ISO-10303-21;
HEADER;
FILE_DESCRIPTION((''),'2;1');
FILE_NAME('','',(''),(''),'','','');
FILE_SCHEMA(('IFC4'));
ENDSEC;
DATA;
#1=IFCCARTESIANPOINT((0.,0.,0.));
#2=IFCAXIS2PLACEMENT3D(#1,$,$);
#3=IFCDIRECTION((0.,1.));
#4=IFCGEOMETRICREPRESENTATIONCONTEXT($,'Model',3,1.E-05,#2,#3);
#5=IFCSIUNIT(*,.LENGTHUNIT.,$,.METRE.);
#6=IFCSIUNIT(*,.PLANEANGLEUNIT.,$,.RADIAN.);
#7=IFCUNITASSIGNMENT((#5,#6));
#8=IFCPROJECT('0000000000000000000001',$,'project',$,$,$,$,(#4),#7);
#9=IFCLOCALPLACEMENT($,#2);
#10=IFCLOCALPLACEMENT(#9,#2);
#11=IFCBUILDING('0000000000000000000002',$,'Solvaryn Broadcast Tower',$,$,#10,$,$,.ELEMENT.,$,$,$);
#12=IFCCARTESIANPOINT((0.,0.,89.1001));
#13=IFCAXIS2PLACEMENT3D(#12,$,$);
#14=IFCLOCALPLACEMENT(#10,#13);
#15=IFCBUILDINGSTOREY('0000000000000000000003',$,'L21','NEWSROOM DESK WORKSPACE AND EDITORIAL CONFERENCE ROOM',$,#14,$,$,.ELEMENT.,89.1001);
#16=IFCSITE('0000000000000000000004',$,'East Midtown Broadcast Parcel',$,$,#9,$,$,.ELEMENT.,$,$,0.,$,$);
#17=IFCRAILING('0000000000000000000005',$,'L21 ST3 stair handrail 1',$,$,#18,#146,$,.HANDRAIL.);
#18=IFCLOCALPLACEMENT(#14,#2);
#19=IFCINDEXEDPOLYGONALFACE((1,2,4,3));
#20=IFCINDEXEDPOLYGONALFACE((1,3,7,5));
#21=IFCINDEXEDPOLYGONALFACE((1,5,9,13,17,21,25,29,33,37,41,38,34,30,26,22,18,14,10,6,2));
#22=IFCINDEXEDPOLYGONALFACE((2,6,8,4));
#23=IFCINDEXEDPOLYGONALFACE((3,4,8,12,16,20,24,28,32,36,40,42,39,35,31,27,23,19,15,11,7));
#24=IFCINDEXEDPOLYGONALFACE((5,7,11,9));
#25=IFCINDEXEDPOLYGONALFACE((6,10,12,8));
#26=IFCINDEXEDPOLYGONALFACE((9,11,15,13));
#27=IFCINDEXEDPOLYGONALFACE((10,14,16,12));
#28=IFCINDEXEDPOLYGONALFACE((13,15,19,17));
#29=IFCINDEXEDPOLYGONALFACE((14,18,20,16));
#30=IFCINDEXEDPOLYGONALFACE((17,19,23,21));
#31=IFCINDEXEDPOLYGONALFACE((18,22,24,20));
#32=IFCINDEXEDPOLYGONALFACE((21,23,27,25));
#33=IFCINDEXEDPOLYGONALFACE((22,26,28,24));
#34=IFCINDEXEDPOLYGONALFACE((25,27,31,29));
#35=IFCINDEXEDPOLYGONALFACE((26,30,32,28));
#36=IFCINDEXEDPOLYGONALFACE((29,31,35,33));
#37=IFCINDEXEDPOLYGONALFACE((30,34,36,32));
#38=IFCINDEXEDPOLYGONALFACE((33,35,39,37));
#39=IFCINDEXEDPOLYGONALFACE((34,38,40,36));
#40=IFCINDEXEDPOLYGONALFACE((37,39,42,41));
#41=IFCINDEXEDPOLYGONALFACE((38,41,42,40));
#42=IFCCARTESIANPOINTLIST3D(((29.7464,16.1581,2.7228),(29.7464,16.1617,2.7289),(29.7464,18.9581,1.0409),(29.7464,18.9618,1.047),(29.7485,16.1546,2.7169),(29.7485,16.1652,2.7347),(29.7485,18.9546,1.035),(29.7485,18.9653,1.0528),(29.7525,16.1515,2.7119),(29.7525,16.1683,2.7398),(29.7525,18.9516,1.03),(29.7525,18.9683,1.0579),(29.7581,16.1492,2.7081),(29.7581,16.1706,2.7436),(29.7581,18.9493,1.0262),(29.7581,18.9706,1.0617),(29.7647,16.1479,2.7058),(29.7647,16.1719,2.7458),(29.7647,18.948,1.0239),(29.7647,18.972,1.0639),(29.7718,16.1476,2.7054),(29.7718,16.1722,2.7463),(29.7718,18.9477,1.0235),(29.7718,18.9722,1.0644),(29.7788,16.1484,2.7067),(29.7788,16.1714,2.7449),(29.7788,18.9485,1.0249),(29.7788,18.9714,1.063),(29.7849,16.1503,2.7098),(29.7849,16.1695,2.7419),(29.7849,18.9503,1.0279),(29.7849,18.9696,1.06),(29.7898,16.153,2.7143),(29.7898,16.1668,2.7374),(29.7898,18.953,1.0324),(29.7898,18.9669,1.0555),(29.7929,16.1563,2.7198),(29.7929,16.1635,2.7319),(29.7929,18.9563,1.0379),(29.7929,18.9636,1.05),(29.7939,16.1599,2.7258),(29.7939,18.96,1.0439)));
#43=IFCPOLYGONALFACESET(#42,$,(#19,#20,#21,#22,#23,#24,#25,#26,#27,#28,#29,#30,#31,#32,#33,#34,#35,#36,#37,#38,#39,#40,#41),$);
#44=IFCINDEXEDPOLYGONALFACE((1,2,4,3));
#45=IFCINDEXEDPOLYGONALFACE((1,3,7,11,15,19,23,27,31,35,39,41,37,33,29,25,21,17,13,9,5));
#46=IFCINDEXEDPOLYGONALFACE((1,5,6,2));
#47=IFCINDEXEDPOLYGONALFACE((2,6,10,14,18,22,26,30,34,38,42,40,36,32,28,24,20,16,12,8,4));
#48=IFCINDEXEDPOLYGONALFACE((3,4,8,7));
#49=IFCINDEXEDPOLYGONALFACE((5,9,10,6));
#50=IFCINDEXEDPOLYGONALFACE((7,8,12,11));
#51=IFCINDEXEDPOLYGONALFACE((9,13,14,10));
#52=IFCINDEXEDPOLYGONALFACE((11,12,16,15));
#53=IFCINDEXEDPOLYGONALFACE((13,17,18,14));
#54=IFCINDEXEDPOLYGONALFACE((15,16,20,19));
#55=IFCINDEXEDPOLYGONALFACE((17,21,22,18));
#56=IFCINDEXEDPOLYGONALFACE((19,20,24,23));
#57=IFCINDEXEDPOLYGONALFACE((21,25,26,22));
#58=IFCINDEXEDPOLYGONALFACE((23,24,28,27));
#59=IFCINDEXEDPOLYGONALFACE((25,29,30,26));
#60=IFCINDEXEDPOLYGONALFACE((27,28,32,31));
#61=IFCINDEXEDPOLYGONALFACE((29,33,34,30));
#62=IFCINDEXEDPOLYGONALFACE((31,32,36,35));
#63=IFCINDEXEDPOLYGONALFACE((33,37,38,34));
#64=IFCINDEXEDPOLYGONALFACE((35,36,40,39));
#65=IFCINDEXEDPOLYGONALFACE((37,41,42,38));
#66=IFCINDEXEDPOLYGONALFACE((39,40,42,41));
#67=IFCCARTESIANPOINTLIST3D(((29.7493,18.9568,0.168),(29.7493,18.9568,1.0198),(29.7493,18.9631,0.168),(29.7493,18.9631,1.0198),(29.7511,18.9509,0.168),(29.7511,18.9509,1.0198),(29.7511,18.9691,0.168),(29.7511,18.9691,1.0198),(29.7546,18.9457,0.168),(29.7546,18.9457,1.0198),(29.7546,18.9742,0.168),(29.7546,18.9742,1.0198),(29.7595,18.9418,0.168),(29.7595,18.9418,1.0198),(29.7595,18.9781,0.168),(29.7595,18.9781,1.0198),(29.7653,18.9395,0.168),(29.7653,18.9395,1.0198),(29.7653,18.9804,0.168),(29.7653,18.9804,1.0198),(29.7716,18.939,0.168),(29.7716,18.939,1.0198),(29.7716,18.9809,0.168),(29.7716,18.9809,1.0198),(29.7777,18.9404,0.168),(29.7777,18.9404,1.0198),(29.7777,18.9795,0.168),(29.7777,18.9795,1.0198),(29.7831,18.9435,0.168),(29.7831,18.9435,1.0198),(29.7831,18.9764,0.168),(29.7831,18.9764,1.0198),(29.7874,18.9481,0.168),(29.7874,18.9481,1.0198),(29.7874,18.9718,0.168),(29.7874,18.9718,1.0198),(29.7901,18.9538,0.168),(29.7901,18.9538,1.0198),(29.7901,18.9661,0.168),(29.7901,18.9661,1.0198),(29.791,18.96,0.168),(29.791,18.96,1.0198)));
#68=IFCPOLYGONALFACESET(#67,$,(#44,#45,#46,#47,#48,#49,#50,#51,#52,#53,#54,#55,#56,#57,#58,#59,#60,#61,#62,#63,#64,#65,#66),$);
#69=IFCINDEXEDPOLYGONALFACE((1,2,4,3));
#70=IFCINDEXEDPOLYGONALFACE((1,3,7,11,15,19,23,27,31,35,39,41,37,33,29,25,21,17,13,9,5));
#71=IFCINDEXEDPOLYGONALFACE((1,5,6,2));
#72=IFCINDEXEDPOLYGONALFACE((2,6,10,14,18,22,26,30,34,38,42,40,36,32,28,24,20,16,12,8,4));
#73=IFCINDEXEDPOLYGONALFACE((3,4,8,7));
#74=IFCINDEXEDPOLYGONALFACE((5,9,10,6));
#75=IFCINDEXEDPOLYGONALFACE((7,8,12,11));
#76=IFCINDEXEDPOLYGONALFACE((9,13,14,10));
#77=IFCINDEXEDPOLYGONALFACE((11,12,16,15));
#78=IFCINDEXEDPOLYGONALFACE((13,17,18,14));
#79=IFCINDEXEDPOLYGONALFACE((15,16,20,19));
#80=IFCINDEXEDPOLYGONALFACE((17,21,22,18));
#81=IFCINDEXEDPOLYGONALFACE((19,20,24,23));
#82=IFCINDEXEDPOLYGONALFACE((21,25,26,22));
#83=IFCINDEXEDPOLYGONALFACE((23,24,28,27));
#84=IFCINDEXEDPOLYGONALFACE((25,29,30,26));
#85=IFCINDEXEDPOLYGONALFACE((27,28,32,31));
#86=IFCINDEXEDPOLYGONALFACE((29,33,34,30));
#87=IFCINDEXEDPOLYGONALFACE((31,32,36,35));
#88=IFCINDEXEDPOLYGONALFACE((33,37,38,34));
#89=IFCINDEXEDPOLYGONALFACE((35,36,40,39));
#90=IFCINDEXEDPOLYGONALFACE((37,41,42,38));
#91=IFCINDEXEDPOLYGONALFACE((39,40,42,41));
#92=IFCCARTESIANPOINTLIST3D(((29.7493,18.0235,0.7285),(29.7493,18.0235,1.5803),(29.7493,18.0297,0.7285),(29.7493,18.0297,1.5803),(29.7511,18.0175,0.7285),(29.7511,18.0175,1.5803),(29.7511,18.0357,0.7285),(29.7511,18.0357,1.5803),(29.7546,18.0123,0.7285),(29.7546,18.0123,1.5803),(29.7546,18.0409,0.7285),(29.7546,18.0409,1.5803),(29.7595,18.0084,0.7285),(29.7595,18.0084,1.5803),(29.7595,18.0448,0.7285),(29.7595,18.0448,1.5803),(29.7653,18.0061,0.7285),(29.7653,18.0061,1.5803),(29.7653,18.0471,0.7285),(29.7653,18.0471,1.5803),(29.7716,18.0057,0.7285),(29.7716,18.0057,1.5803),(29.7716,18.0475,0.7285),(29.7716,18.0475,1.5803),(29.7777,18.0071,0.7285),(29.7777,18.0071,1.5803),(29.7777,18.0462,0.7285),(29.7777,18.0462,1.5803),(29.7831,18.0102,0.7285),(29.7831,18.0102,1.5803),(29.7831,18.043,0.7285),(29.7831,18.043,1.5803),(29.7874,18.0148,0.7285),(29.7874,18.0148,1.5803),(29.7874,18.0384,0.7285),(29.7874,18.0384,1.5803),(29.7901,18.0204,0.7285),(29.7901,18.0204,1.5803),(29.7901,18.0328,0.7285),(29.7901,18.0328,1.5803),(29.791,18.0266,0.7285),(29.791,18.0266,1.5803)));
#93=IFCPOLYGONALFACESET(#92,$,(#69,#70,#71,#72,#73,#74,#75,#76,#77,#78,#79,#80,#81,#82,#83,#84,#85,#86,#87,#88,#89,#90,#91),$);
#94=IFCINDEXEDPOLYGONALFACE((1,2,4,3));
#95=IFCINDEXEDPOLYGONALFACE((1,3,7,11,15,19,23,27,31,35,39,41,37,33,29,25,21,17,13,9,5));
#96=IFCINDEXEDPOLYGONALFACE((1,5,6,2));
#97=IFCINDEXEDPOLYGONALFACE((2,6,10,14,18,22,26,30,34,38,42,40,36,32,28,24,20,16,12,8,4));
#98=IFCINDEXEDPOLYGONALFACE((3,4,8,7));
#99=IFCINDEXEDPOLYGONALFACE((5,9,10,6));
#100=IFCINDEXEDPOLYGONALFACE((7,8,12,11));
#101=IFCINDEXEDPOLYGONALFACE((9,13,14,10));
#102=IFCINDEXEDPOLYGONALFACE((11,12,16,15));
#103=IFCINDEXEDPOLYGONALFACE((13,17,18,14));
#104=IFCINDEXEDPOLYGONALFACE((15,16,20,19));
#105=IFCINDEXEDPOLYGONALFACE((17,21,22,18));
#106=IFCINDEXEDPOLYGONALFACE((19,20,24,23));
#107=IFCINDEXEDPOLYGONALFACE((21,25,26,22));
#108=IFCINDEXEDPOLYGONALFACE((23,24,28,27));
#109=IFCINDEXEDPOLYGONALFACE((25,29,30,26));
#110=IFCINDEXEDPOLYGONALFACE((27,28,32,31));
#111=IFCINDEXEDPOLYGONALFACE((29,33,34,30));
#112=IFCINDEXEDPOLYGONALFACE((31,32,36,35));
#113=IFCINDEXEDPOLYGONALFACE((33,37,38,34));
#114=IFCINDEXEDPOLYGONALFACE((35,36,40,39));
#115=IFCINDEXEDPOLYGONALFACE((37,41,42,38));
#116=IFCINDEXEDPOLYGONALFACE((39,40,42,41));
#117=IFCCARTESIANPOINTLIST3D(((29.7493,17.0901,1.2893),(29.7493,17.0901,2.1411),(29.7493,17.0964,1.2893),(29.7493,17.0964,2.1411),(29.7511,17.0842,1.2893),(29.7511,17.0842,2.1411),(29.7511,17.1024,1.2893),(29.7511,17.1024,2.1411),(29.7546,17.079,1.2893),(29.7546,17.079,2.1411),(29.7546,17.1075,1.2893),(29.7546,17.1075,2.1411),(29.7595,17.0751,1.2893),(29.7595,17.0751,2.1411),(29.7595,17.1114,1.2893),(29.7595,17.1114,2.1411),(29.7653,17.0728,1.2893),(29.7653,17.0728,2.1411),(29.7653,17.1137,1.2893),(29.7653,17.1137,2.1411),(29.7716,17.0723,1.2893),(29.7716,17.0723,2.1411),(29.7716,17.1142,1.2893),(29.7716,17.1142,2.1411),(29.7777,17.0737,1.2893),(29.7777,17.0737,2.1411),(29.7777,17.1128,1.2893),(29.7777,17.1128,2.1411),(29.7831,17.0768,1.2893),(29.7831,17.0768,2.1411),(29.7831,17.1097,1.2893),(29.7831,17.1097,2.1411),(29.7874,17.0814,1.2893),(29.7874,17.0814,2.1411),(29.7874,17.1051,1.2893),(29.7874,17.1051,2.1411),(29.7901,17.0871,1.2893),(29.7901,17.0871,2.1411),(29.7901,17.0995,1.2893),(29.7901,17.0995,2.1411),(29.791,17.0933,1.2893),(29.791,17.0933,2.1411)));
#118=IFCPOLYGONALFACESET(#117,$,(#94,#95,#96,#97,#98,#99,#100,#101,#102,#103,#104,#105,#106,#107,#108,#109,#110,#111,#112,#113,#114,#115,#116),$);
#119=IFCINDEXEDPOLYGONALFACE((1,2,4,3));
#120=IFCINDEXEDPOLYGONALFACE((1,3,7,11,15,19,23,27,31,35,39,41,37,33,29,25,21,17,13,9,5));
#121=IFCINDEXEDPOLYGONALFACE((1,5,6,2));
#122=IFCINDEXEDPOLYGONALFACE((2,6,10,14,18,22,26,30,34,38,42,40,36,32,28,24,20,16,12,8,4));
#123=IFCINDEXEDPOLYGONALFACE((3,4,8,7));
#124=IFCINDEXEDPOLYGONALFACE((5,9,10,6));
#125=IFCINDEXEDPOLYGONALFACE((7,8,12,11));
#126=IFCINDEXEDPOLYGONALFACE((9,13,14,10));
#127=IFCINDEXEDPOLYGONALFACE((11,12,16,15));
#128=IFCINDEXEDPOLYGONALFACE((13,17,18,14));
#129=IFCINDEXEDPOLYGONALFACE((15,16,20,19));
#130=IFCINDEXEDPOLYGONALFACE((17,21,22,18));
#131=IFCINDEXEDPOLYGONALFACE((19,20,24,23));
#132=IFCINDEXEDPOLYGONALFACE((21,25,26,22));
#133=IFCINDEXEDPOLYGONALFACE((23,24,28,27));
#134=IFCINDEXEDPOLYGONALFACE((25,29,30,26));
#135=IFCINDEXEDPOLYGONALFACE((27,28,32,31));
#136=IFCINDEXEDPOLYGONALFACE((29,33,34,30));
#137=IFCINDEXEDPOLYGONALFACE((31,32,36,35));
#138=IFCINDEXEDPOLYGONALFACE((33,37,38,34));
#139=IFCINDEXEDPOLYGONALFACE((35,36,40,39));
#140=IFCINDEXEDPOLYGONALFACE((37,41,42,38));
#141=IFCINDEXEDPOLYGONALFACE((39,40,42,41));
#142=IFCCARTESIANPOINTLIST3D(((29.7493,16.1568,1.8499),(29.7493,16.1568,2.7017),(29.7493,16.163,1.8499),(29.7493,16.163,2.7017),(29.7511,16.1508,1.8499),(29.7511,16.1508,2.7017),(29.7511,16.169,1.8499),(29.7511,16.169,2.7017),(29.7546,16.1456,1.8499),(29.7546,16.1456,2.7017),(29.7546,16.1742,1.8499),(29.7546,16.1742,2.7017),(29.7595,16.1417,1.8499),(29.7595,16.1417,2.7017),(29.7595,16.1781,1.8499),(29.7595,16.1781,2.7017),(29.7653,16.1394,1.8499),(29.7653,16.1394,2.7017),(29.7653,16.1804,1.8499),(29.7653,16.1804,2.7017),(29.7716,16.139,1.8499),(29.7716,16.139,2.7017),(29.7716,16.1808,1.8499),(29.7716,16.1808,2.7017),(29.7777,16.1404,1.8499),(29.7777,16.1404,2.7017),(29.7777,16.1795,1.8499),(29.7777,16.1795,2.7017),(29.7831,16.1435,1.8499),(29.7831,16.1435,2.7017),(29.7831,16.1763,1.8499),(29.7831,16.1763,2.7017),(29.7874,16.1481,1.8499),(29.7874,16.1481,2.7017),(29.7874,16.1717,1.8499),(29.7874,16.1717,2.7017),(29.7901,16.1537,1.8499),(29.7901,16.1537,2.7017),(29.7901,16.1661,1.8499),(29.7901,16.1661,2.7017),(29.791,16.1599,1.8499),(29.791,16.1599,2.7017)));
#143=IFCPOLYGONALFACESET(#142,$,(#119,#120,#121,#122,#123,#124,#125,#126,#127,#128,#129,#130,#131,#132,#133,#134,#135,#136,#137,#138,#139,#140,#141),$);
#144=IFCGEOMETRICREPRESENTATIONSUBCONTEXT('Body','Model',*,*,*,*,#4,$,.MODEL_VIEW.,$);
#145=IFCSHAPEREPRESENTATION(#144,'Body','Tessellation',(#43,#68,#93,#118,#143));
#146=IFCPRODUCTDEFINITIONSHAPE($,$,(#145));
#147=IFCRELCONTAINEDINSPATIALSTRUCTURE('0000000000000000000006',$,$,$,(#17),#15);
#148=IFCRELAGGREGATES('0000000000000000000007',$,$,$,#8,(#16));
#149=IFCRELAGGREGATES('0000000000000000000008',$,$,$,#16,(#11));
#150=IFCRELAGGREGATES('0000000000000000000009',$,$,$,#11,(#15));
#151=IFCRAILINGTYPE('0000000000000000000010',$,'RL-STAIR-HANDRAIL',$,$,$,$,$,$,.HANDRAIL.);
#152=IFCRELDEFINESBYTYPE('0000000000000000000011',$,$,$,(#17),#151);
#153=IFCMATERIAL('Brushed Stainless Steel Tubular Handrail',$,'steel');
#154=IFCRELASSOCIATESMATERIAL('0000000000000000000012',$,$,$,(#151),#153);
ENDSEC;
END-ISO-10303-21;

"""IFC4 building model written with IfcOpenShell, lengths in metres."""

from ifc_helpers import new_model, si_unit, direction, frame, origin, origin_2d, place, context, subcontext, project, spatial, circle, extrude, material, type_object, element, save


model = new_model("IFC4")

# Units and contexts
model_context = context("Model", 3, precision=1e-05, world=origin(), true_north=direction((0.0, 1.0)))
body_context = subcontext(model_context, "Body", "Model", "MODEL_VIEW")
ifc_project = project(units=[si_unit("LENGTHUNIT", "METRE"), si_unit("PLANEANGLEUNIT", "RADIAN")], contexts=[model_context])

# Site, building, storey
site_placement = place(None, origin())
site = spatial("IfcSite", under=ifc_project, at=site_placement, Name="East Midtown Broadcast Parcel", CompositionType="ELEMENT", RefElevation=0.0)
building_placement = place(site_placement, origin())
building = spatial("IfcBuilding", under=site, at=building_placement, Name="Solvaryn Broadcast Tower", CompositionType="ELEMENT")
storey_placement = place(building_placement, frame((0.0, 0.0, 89.1001)))
storey = spatial("IfcBuildingStorey", under=building, at=storey_placement, Name="L21", Description="NEWSROOM DESK WORKSPACE AND EDITORIAL CONFERENCE ROOM", CompositionType="ELEMENT", Elevation=89.1001)

# Railing
ifc_material_1 = material(Name="Brushed Stainless Steel Tubular Handrail", Category="steel")
railing_type_1 = type_object("IfcRailingType", Name="RL-STAIR-HANDRAIL", PredefinedType="HANDRAIL", material=ifc_material_1)
railing_1_placement = place(storey_placement, frame((29.77, 18.96, 0.168)))
element("IfcRailing", 1, at=railing_1_placement, inside=storey, type_object=railing_type_1, Name="L21 ST3 stair handrail 1", PredefinedType="HANDRAIL", context=body_context, shape_type="SweptSolid", body=[
    extrude(circle(Radius=0.0239, at=origin_2d()), frame((0.0, 0.0, 0.876), z_axis=(0.0, -0.857242, 0.514913), x_axis=(1.0, 0.0, 0.0)), (0.0, 0.0, 1.0), 3.2664),
    extrude(circle(Radius=0.021, at=origin_2d()), origin(), (0.0, 0.0, 1.0), 0.8518),
    extrude(circle(Radius=0.021, at=origin_2d()), frame((0.0, -0.9333, 0.5605)), (0.0, 0.0, 1.0), 0.8518),
    extrude(circle(Radius=0.021, at=origin_2d()), frame((0.0, -1.8667, 1.1213)), (0.0, 0.0, 1.0), 0.8518),
    extrude(circle(Radius=0.021, at=origin_2d()), frame((0.0, -2.8, 1.6819)), (0.0, 0.0, 1.0), 0.8518),
])

save(model, "model.ifc")
